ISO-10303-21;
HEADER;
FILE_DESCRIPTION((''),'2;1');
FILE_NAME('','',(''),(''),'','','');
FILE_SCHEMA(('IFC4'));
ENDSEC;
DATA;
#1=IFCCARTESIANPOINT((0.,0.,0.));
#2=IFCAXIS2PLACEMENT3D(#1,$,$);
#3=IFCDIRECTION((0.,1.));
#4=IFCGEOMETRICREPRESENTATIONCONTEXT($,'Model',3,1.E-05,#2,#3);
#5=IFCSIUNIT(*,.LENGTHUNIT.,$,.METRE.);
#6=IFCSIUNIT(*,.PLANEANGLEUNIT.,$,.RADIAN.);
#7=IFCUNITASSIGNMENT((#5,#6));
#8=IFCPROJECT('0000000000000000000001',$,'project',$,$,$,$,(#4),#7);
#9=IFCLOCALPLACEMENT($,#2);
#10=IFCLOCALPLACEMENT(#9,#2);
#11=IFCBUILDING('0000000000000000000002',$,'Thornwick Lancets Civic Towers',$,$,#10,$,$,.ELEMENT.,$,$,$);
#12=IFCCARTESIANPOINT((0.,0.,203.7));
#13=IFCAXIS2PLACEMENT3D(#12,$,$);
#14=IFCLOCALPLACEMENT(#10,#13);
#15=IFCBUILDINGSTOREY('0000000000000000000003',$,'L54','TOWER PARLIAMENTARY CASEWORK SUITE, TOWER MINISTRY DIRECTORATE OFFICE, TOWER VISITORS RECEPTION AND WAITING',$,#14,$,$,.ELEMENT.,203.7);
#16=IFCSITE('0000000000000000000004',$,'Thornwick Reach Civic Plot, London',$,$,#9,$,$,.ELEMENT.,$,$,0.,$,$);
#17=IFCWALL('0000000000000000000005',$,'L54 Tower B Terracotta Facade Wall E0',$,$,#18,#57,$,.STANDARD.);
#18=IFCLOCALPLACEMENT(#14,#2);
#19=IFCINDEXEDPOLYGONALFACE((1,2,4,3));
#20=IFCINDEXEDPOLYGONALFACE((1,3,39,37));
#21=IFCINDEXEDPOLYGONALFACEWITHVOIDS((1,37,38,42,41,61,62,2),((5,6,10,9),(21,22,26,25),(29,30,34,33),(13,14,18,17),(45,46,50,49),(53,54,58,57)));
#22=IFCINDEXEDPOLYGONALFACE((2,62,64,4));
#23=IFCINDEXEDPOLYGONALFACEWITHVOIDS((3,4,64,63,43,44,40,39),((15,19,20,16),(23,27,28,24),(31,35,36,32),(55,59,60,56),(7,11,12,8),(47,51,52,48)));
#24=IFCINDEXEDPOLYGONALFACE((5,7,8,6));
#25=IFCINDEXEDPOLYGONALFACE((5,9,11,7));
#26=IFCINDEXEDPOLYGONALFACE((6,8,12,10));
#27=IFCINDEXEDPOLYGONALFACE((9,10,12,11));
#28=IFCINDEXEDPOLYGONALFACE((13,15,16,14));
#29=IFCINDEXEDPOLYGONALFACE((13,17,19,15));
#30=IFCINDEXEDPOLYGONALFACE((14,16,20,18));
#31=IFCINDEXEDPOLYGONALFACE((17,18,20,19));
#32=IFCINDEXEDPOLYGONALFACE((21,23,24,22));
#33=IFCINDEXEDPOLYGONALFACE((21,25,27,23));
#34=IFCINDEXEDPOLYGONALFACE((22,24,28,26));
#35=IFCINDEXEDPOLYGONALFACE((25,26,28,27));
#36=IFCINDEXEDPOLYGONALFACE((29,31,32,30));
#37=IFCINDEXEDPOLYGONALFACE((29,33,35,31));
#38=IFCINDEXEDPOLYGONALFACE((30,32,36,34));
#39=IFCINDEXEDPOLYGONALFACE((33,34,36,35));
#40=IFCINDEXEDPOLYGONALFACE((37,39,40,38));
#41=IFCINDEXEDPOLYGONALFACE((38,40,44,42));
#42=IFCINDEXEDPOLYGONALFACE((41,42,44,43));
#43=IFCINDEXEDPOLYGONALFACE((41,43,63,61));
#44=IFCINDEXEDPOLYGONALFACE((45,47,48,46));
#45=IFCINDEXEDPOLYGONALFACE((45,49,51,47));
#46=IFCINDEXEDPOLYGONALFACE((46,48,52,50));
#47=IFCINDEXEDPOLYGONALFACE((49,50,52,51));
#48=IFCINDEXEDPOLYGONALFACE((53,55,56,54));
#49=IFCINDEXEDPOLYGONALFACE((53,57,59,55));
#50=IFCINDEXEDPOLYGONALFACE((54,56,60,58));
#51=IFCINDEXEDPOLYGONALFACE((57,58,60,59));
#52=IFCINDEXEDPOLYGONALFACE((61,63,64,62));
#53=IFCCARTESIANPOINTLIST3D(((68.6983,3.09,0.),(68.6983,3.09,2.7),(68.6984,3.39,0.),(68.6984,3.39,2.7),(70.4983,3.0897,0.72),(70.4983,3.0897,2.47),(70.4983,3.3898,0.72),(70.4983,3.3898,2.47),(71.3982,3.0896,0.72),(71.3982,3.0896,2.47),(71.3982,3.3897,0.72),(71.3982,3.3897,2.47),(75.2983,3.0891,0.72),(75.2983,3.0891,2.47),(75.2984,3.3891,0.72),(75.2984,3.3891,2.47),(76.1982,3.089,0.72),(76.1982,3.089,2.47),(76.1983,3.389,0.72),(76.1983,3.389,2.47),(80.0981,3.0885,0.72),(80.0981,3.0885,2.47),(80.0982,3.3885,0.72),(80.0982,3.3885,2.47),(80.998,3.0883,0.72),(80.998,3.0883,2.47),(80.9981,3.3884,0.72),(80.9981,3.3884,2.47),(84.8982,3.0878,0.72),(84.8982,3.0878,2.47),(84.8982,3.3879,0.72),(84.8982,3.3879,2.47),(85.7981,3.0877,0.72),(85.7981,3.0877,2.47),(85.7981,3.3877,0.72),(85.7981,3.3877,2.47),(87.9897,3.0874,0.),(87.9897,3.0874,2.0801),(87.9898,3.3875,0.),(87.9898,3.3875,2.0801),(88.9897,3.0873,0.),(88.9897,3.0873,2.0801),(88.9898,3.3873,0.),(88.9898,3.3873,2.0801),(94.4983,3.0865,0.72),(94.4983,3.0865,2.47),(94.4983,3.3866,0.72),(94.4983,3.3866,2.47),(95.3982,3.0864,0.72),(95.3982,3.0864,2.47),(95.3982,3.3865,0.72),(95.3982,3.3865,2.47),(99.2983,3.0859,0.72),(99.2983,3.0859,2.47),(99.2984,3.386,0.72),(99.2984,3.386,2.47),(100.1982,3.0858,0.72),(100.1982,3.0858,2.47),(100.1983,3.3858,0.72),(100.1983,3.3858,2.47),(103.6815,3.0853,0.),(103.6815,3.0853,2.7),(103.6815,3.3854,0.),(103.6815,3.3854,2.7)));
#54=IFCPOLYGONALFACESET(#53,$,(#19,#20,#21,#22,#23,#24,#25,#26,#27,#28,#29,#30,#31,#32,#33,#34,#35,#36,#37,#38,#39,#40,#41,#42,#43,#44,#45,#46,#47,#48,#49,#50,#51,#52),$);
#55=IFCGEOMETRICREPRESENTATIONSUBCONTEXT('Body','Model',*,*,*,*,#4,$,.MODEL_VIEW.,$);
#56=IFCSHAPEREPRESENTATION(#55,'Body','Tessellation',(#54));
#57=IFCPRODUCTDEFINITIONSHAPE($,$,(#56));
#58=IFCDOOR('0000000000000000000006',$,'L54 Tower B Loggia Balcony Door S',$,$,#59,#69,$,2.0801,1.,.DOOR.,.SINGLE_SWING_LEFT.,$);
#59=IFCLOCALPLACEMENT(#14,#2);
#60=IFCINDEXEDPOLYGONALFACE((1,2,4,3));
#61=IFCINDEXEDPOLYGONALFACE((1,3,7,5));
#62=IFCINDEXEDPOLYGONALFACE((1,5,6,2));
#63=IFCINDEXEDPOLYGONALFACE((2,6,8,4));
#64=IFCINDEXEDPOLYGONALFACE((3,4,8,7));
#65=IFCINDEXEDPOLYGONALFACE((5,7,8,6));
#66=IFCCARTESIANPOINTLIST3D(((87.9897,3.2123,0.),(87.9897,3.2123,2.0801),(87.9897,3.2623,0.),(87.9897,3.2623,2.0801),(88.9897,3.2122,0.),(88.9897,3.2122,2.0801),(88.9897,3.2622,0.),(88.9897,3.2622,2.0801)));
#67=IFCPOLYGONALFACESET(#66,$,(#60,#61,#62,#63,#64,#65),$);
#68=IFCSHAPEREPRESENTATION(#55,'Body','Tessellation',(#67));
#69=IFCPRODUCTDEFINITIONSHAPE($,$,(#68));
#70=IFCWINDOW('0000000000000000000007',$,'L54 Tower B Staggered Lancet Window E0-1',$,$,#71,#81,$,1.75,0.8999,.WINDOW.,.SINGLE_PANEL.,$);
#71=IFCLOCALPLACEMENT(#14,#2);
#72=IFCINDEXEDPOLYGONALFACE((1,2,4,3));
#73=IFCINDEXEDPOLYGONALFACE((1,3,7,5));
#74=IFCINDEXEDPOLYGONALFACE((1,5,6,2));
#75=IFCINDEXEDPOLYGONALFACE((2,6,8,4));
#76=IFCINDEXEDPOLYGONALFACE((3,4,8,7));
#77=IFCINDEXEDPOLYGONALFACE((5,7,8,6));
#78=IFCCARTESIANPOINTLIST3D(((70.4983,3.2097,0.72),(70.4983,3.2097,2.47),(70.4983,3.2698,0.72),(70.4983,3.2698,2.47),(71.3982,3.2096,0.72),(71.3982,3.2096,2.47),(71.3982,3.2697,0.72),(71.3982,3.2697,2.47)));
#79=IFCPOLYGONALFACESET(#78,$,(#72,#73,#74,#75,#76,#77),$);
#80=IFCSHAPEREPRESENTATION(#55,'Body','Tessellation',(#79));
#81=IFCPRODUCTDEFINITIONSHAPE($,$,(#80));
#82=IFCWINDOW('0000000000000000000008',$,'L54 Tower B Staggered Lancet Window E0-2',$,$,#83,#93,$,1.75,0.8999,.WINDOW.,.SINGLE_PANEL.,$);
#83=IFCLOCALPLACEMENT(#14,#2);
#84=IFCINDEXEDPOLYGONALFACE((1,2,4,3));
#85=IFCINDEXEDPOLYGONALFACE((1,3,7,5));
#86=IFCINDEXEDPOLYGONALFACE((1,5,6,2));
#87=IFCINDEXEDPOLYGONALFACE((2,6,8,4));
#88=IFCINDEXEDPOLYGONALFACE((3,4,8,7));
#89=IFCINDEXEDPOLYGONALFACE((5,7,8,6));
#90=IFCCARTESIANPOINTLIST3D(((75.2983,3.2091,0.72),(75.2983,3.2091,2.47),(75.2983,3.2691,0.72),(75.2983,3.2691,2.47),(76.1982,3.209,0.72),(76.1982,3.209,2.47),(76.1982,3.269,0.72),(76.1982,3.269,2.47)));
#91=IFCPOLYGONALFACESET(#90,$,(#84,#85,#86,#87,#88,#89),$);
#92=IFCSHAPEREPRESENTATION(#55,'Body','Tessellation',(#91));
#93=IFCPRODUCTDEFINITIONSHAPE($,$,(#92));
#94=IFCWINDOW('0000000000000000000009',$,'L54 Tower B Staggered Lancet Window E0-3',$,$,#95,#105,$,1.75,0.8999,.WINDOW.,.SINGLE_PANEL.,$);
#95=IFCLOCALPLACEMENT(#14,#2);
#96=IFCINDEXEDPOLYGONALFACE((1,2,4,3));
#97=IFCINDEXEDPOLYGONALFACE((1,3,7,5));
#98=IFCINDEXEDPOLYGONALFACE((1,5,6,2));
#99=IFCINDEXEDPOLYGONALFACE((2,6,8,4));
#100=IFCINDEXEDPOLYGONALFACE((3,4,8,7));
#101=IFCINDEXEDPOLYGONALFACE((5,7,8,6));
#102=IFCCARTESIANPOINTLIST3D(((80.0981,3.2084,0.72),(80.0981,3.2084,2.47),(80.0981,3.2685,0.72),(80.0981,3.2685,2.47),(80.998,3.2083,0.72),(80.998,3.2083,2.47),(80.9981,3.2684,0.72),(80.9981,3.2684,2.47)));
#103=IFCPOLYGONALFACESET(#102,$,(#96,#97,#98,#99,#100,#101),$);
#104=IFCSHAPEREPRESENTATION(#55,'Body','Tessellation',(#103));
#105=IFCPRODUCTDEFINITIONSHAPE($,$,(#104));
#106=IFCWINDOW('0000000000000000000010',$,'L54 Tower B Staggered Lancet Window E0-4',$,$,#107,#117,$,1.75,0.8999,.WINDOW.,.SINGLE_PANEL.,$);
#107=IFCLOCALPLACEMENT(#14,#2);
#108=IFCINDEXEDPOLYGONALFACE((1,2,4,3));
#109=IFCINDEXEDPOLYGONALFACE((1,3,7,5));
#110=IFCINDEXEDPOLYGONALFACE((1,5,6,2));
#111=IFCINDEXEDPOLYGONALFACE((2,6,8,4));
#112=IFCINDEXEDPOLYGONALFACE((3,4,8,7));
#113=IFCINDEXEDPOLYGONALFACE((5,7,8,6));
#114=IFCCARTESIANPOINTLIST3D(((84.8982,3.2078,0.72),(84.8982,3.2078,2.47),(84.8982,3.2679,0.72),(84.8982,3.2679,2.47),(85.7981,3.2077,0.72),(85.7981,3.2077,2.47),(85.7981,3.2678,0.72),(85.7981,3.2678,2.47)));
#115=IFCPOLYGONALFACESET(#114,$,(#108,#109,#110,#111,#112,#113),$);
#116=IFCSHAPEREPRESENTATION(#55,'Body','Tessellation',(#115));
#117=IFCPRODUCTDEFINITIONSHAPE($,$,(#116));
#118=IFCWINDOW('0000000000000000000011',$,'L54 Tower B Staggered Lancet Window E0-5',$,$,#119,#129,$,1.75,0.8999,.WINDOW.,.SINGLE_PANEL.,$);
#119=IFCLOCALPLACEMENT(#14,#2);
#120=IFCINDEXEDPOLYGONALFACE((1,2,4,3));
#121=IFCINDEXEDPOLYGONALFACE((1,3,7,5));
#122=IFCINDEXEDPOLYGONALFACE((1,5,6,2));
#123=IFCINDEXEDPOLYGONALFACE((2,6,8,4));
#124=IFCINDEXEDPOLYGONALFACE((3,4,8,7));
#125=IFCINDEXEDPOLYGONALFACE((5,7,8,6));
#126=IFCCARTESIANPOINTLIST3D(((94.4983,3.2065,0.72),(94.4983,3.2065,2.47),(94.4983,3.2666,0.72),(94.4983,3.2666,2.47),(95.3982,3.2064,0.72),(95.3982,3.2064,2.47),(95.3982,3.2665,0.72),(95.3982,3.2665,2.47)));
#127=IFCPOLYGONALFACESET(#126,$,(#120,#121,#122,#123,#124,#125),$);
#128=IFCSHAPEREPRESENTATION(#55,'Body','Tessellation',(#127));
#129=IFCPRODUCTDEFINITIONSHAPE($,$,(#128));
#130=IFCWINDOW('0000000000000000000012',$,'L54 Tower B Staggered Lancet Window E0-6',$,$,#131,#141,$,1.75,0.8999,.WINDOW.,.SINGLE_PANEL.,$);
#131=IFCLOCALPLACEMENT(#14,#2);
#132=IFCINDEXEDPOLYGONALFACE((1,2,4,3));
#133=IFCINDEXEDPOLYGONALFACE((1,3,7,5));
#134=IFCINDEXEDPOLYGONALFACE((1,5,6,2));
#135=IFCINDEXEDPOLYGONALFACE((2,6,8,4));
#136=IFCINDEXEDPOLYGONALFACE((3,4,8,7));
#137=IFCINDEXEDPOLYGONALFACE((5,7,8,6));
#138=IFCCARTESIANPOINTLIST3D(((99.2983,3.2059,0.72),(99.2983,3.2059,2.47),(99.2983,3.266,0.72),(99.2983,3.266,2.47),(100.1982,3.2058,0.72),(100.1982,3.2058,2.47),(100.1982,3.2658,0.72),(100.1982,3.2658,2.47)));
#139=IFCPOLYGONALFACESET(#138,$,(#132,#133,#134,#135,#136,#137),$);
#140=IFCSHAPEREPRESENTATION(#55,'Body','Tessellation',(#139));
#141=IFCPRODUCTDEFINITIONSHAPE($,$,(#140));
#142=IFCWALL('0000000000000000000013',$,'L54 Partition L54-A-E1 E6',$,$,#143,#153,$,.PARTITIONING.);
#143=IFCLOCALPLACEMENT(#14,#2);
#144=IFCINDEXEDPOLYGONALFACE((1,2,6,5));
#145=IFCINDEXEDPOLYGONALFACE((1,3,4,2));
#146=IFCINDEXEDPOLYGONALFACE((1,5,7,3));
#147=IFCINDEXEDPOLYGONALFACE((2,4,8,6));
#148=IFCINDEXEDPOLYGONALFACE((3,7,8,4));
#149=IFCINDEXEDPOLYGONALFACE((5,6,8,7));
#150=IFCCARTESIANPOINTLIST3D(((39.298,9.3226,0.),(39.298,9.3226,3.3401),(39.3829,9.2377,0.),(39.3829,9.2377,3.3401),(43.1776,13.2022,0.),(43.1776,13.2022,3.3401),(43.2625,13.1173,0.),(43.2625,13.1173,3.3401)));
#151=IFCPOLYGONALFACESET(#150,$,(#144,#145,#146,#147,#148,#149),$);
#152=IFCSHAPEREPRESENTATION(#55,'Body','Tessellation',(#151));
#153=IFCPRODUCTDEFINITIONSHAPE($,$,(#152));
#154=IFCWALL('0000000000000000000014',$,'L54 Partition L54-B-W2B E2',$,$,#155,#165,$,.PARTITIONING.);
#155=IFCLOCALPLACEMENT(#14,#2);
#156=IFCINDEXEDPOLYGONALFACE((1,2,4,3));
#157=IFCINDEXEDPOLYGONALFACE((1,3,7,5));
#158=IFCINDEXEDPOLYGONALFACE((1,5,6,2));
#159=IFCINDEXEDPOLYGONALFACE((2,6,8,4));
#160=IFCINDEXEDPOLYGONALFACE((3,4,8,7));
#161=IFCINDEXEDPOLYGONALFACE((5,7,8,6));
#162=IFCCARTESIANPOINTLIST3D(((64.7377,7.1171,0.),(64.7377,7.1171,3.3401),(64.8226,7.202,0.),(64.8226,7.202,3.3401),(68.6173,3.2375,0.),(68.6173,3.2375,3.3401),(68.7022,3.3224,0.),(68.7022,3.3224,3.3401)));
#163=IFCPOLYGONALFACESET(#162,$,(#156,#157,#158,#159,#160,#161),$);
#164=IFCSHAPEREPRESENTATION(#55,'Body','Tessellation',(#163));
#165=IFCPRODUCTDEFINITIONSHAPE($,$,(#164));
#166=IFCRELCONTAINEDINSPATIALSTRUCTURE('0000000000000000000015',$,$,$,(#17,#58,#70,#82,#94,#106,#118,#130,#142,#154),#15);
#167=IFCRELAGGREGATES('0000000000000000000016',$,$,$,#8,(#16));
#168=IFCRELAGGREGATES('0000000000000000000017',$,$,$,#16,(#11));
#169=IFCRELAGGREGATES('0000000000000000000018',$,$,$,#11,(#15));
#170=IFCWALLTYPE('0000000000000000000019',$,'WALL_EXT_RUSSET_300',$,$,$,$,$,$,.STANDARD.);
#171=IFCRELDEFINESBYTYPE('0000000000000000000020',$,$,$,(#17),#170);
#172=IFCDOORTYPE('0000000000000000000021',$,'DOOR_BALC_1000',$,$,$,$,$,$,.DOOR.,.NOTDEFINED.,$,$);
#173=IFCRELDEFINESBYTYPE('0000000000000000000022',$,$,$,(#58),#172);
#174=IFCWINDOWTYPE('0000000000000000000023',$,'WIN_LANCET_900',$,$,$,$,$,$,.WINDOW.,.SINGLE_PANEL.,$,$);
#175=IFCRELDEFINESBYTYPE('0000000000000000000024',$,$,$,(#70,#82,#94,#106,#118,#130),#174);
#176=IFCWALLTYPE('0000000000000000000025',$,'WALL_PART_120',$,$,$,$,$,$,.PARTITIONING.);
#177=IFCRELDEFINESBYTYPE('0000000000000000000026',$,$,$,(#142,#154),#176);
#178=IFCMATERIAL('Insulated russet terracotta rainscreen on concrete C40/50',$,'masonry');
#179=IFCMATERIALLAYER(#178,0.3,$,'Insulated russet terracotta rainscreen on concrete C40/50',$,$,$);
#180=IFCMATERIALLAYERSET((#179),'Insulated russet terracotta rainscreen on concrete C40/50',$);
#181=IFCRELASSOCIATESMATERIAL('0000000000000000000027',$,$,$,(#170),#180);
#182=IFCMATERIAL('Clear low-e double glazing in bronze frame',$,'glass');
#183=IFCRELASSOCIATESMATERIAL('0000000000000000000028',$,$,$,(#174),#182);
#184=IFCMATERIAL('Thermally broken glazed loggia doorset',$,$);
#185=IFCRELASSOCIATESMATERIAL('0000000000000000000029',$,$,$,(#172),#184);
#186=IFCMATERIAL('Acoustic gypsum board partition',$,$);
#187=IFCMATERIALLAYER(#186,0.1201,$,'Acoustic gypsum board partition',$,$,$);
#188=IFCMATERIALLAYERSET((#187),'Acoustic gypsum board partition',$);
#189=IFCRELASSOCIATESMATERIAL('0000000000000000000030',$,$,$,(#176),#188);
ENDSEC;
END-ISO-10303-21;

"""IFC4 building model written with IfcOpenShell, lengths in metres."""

from ifc_helpers import new_model, si_unit, direction, frame, frame_2d, origin, place, context, subcontext, project, spatial, rectangle, extrude, material, layer, layer_set, type_object, element, fill, save


model = new_model("IFC4")

# Units and contexts
model_context = context("Model", 3, precision=1e-05, world=origin(), true_north=direction((0.0, 1.0)))
body_context = subcontext(model_context, "Body", "Model", "MODEL_VIEW")
ifc_project = project(units=[si_unit("LENGTHUNIT", "METRE"), si_unit("PLANEANGLEUNIT", "RADIAN")], contexts=[model_context])

# Site, building, storey
site_placement = place(None, origin())
site = spatial("IfcSite", under=ifc_project, at=site_placement, Name="Thornwick Reach Civic Plot, London", CompositionType="ELEMENT", RefElevation=0.0)
building_placement = place(site_placement, origin())
building = spatial("IfcBuilding", under=site, at=building_placement, Name="Thornwick Lancets Civic Towers", CompositionType="ELEMENT")
storey_placement = place(building_placement, frame((0.0, 0.0, 203.7)))
storey = spatial("IfcBuildingStorey", under=building, at=storey_placement, Name="L54", Description="TOWER PARLIAMENTARY CASEWORK SUITE, TOWER MINISTRY DIRECTORATE OFFICE, TOWER VISITORS RECEPTION AND WAITING", CompositionType="ELEMENT", Elevation=203.7)

# Shared definitions
ifc_material_1 = material(Name="Insulated russet terracotta rainscreen on concrete C40/50", Category="masonry")
ifc_layer_1 = layer(ifc_material_1, 0.3, Name="Insulated russet terracotta rainscreen on concrete C40/50")
ifc_layer_set_1 = layer_set([ifc_layer_1], Name="Insulated russet terracotta rainscreen on concrete C40/50")
wall_type_1 = type_object("IfcWallType", Name="WALL_EXT_RUSSET_300", PredefinedType="STANDARD", material=ifc_layer_set_1)
ifc_material_2 = material(Name="Clear low-e double glazing in bronze frame", Category="glass")
window_type = type_object("IfcWindowType", Name="WIN_LANCET_900", PartitioningType="SINGLE_PANEL", PredefinedType="WINDOW", material=ifc_material_2)

# Wall, openings, door, windows
wall_1_placement = place(storey_placement, frame((68.6982, 3.24, 0.0), z_axis=(0.0, 0.0, 1.0), x_axis=(1.0, -0.000133, 0.0)))
wall_1 = element("IfcWall", 1, at=wall_1_placement, inside=storey, type_object=wall_type_1, Name="L54 Tower B Terracotta Facade Wall E0", PredefinedType="STANDARD", context=body_context, shape_type="SweptSolid", body=[
    extrude(rectangle(XDim=34.9832, YDim=0.3, at=frame_2d((17.4917, 0.0))), origin(), (0.0, 0.0, 1.0), 2.7),
])
opening_1_placement = place(wall_1_placement, frame((19.2915, 0.0, 0.0)))
opening_1 = element("IfcOpeningElement", 2, at=opening_1_placement, cuts=wall_1, PredefinedType="OPENING", context=body_context, shape_type="SweptSolid", body=[
    extrude(rectangle(XDim=1.0, YDim=2.0801, at=frame_2d((0.5, 1.04))), frame((0.0, 0.1602, 0.0), z_axis=(0.0, -1.0, 0.0), x_axis=(1.0, 0.0, 0.0)), (0.0, 0.0, 1.0), 0.3201),
])
opening_2_placement = place(wall_1_placement, frame((1.8, 0.0, 0.72)))
opening_2 = element("IfcOpeningElement", 3, at=opening_2_placement, cuts=wall_1, PredefinedType="OPENING", context=body_context, shape_type="SweptSolid", body=[
    extrude(rectangle(XDim=0.8999, YDim=1.75, at=frame_2d((0.45, 0.875))), frame((0.0, 0.1602, 0.0), z_axis=(0.0, -1.0, 0.0), x_axis=(1.0, 0.0, 0.0)), (0.0, 0.0, 1.0), 0.3201),
])
opening_3_placement = place(wall_1_placement, frame((6.6001, 0.0, 0.72)))
opening_3 = element("IfcOpeningElement", 4, at=opening_3_placement, cuts=wall_1, PredefinedType="OPENING", context=body_context, shape_type="SweptSolid", body=[
    extrude(rectangle(XDim=0.8999, YDim=1.75, at=frame_2d((0.45, 0.875))), frame((0.0, 0.1602, 0.0), z_axis=(0.0, -1.0, 0.0), x_axis=(1.0, 0.0, 0.0)), (0.0, 0.0, 1.0), 0.3201),
])
opening_4_placement = place(wall_1_placement, frame((11.3999, 0.0, 0.72)))
opening_4 = element("IfcOpeningElement", 5, at=opening_4_placement, cuts=wall_1, PredefinedType="OPENING", context=body_context, shape_type="SweptSolid", body=[
    extrude(rectangle(XDim=0.8999, YDim=1.75, at=frame_2d((0.45, 0.875))), frame((0.0, 0.1602, 0.0), z_axis=(0.0, -1.0, 0.0), x_axis=(1.0, 0.0, 0.0)), (0.0, 0.0, 1.0), 0.3201),
])
opening_5_placement = place(wall_1_placement, frame((16.2, 0.0, 0.72)))
opening_5 = element("IfcOpeningElement", 6, at=opening_5_placement, cuts=wall_1, PredefinedType="OPENING", context=body_context, shape_type="SweptSolid", body=[
    extrude(rectangle(XDim=0.8999, YDim=1.75, at=frame_2d((0.45, 0.875))), frame((0.0, 0.1602, 0.0), z_axis=(0.0, -1.0, 0.0), x_axis=(1.0, 0.0, 0.0)), (0.0, 0.0, 1.0), 0.3201),
])
opening_6_placement = place(wall_1_placement, frame((25.8, 0.0, 0.72)))
opening_6 = element("IfcOpeningElement", 7, at=opening_6_placement, cuts=wall_1, PredefinedType="OPENING", context=body_context, shape_type="SweptSolid", body=[
    extrude(rectangle(XDim=0.8999, YDim=1.75, at=frame_2d((0.45, 0.875))), frame((0.0, 0.1602, 0.0), z_axis=(0.0, -1.0, 0.0), x_axis=(1.0, 0.0, 0.0)), (0.0, 0.0, 1.0), 0.3201),
])
opening_7_placement = place(wall_1_placement, frame((30.6001, 0.0, 0.72)))
opening_7 = element("IfcOpeningElement", 8, at=opening_7_placement, cuts=wall_1, PredefinedType="OPENING", context=body_context, shape_type="SweptSolid", body=[
    extrude(rectangle(XDim=0.8999, YDim=1.75, at=frame_2d((0.45, 0.875))), frame((0.0, 0.1602, 0.0), z_axis=(0.0, -1.0, 0.0), x_axis=(1.0, 0.0, 0.0)), (0.0, 0.0, 1.0), 0.3201),
])
ifc_material_3 = material(Name="Thermally broken glazed loggia doorset")
door_type = type_object("IfcDoorType", Name="DOOR_BALC_1000", OperationType="NOTDEFINED", PredefinedType="DOOR", material=ifc_material_3)
door_placement = place(opening_1_placement, origin())
door = element("IfcDoor", 9, at=door_placement, inside=storey, type_object=door_type, Name="L54 Tower B Loggia Balcony Door S", OperationType="SINGLE_SWING_LEFT", OverallHeight=2.0801, OverallWidth=1.0, PredefinedType="DOOR", context=body_context, shape_type="SweptSolid", body=[
    extrude(rectangle(XDim=1.0, YDim=2.0801, at=frame_2d((0.5, 1.04))), frame((0.0, 0.0249, 0.0), z_axis=(0.0, -1.0, 0.0), x_axis=(1.0, 0.0, 0.0)), (0.0, 0.0, 1.0), 0.05),
])
fill(opening_1, door)
window_1_placement = place(opening_2_placement, origin())
window_1 = element("IfcWindow", 10, at=window_1_placement, inside=storey, type_object=window_type, Name="L54 Tower B Staggered Lancet Window E0-1", OverallHeight=1.75, OverallWidth=0.8999, PartitioningType="SINGLE_PANEL", PredefinedType="WINDOW", context=body_context, shape_type="SweptSolid", body=[
    extrude(rectangle(XDim=0.8999, YDim=1.75, at=frame_2d((0.45, 0.875))), frame((0.0, 0.03, 0.0), z_axis=(0.0, -1.0, 0.0), x_axis=(1.0, 0.0, 0.0)), (0.0, 0.0, 1.0), 0.0601),
])
fill(opening_2, window_1)
window_2_placement = place(opening_3_placement, origin())
window_2 = element("IfcWindow", 11, at=window_2_placement, inside=storey, type_object=window_type, Name="L54 Tower B Staggered Lancet Window E0-2", OverallHeight=1.75, OverallWidth=0.8999, PartitioningType="SINGLE_PANEL", PredefinedType="WINDOW", context=body_context, shape_type="SweptSolid", body=[
    extrude(rectangle(XDim=0.8999, YDim=1.75, at=frame_2d((0.45, 0.875))), frame((0.0, 0.03, 0.0), z_axis=(0.0, -1.0, 0.0), x_axis=(1.0, 0.0, 0.0)), (0.0, 0.0, 1.0), 0.0601),
])
fill(opening_3, window_2)
window_3_placement = place(opening_4_placement, origin())
window_3 = element("IfcWindow", 12, at=window_3_placement, inside=storey, type_object=window_type, Name="L54 Tower B Staggered Lancet Window E0-3", OverallHeight=1.75, OverallWidth=0.8999, PartitioningType="SINGLE_PANEL", PredefinedType="WINDOW", context=body_context, shape_type="SweptSolid", body=[
    extrude(rectangle(XDim=0.8999, YDim=1.75, at=frame_2d((0.45, 0.875))), frame((0.0, 0.03, 0.0), z_axis=(0.0, -1.0, 0.0), x_axis=(1.0, 0.0, 0.0)), (0.0, 0.0, 1.0), 0.0601),
])
fill(opening_4, window_3)
window_4_placement = place(opening_5_placement, origin())
window_4 = element("IfcWindow", 13, at=window_4_placement, inside=storey, type_object=window_type, Name="L54 Tower B Staggered Lancet Window E0-4", OverallHeight=1.75, OverallWidth=0.8999, PartitioningType="SINGLE_PANEL", PredefinedType="WINDOW", context=body_context, shape_type="SweptSolid", body=[
    extrude(rectangle(XDim=0.8999, YDim=1.75, at=frame_2d((0.45, 0.875))), frame((0.0, 0.03, 0.0), z_axis=(0.0, -1.0, 0.0), x_axis=(1.0, 0.0, 0.0)), (0.0, 0.0, 1.0), 0.0601),
])
fill(opening_5, window_4)
window_5_placement = place(opening_6_placement, origin())
window_5 = element("IfcWindow", 14, at=window_5_placement, inside=storey, type_object=window_type, Name="L54 Tower B Staggered Lancet Window E0-5", OverallHeight=1.75, OverallWidth=0.8999, PartitioningType="SINGLE_PANEL", PredefinedType="WINDOW", context=body_context, shape_type="SweptSolid", body=[
    extrude(rectangle(XDim=0.8999, YDim=1.75, at=frame_2d((0.45, 0.875))), frame((0.0, 0.03, 0.0), z_axis=(0.0, -1.0, 0.0), x_axis=(1.0, 0.0, 0.0)), (0.0, 0.0, 1.0), 0.0601),
])
fill(opening_6, window_5)
window_6_placement = place(opening_7_placement, origin())
window_6 = element("IfcWindow", 15, at=window_6_placement, inside=storey, type_object=window_type, Name="L54 Tower B Staggered Lancet Window E0-6", OverallHeight=1.75, OverallWidth=0.8999, PartitioningType="SINGLE_PANEL", PredefinedType="WINDOW", context=body_context, shape_type="SweptSolid", body=[
    extrude(rectangle(XDim=0.8999, YDim=1.75, at=frame_2d((0.45, 0.875))), frame((0.0, 0.03, 0.0), z_axis=(0.0, -1.0, 0.0), x_axis=(1.0, 0.0, 0.0)), (0.0, 0.0, 1.0), 0.0601),
])
fill(opening_7, window_6)

# Walls
ifc_material_4 = material(Name="Acoustic gypsum board partition")
ifc_layer_2 = layer(ifc_material_4, 0.1201, Name="Acoustic gypsum board partition")
ifc_layer_set_2 = layer_set([ifc_layer_2], Name="Acoustic gypsum board partition")
wall_type_2 = type_object("IfcWallType", Name="WALL_PART_120", PredefinedType="PARTITIONING", material=ifc_layer_set_2)
for number, where, z_axis, x_axis, name in (
    (16, (43.22, 13.1597, 0.0), (0.0, 0.0, 1.0), (-0.707107, -0.707107, 0.0), "L54 Partition L54-A-E1 E6"),
    (17, (68.6597, 3.28, 0.0), (0.0, 0.0, 1.0), (-0.707107, 0.707107, 0.0), "L54 Partition L54-B-W2B E2"),
):
    element("IfcWall", number, at=place(storey_placement, frame(where, z_axis=z_axis, x_axis=x_axis)), inside=storey, type_object=wall_type_2, Name=name, PredefinedType="PARTITIONING", context=body_context, shape_type="SweptSolid", body=[
        extrude(rectangle(XDim=5.4866, YDim=0.1201, at=frame_2d((2.7432, 0.0))), origin(), (0.0, 0.0, 1.0), 3.3401),
    ])

save(model, "model.ifc")
